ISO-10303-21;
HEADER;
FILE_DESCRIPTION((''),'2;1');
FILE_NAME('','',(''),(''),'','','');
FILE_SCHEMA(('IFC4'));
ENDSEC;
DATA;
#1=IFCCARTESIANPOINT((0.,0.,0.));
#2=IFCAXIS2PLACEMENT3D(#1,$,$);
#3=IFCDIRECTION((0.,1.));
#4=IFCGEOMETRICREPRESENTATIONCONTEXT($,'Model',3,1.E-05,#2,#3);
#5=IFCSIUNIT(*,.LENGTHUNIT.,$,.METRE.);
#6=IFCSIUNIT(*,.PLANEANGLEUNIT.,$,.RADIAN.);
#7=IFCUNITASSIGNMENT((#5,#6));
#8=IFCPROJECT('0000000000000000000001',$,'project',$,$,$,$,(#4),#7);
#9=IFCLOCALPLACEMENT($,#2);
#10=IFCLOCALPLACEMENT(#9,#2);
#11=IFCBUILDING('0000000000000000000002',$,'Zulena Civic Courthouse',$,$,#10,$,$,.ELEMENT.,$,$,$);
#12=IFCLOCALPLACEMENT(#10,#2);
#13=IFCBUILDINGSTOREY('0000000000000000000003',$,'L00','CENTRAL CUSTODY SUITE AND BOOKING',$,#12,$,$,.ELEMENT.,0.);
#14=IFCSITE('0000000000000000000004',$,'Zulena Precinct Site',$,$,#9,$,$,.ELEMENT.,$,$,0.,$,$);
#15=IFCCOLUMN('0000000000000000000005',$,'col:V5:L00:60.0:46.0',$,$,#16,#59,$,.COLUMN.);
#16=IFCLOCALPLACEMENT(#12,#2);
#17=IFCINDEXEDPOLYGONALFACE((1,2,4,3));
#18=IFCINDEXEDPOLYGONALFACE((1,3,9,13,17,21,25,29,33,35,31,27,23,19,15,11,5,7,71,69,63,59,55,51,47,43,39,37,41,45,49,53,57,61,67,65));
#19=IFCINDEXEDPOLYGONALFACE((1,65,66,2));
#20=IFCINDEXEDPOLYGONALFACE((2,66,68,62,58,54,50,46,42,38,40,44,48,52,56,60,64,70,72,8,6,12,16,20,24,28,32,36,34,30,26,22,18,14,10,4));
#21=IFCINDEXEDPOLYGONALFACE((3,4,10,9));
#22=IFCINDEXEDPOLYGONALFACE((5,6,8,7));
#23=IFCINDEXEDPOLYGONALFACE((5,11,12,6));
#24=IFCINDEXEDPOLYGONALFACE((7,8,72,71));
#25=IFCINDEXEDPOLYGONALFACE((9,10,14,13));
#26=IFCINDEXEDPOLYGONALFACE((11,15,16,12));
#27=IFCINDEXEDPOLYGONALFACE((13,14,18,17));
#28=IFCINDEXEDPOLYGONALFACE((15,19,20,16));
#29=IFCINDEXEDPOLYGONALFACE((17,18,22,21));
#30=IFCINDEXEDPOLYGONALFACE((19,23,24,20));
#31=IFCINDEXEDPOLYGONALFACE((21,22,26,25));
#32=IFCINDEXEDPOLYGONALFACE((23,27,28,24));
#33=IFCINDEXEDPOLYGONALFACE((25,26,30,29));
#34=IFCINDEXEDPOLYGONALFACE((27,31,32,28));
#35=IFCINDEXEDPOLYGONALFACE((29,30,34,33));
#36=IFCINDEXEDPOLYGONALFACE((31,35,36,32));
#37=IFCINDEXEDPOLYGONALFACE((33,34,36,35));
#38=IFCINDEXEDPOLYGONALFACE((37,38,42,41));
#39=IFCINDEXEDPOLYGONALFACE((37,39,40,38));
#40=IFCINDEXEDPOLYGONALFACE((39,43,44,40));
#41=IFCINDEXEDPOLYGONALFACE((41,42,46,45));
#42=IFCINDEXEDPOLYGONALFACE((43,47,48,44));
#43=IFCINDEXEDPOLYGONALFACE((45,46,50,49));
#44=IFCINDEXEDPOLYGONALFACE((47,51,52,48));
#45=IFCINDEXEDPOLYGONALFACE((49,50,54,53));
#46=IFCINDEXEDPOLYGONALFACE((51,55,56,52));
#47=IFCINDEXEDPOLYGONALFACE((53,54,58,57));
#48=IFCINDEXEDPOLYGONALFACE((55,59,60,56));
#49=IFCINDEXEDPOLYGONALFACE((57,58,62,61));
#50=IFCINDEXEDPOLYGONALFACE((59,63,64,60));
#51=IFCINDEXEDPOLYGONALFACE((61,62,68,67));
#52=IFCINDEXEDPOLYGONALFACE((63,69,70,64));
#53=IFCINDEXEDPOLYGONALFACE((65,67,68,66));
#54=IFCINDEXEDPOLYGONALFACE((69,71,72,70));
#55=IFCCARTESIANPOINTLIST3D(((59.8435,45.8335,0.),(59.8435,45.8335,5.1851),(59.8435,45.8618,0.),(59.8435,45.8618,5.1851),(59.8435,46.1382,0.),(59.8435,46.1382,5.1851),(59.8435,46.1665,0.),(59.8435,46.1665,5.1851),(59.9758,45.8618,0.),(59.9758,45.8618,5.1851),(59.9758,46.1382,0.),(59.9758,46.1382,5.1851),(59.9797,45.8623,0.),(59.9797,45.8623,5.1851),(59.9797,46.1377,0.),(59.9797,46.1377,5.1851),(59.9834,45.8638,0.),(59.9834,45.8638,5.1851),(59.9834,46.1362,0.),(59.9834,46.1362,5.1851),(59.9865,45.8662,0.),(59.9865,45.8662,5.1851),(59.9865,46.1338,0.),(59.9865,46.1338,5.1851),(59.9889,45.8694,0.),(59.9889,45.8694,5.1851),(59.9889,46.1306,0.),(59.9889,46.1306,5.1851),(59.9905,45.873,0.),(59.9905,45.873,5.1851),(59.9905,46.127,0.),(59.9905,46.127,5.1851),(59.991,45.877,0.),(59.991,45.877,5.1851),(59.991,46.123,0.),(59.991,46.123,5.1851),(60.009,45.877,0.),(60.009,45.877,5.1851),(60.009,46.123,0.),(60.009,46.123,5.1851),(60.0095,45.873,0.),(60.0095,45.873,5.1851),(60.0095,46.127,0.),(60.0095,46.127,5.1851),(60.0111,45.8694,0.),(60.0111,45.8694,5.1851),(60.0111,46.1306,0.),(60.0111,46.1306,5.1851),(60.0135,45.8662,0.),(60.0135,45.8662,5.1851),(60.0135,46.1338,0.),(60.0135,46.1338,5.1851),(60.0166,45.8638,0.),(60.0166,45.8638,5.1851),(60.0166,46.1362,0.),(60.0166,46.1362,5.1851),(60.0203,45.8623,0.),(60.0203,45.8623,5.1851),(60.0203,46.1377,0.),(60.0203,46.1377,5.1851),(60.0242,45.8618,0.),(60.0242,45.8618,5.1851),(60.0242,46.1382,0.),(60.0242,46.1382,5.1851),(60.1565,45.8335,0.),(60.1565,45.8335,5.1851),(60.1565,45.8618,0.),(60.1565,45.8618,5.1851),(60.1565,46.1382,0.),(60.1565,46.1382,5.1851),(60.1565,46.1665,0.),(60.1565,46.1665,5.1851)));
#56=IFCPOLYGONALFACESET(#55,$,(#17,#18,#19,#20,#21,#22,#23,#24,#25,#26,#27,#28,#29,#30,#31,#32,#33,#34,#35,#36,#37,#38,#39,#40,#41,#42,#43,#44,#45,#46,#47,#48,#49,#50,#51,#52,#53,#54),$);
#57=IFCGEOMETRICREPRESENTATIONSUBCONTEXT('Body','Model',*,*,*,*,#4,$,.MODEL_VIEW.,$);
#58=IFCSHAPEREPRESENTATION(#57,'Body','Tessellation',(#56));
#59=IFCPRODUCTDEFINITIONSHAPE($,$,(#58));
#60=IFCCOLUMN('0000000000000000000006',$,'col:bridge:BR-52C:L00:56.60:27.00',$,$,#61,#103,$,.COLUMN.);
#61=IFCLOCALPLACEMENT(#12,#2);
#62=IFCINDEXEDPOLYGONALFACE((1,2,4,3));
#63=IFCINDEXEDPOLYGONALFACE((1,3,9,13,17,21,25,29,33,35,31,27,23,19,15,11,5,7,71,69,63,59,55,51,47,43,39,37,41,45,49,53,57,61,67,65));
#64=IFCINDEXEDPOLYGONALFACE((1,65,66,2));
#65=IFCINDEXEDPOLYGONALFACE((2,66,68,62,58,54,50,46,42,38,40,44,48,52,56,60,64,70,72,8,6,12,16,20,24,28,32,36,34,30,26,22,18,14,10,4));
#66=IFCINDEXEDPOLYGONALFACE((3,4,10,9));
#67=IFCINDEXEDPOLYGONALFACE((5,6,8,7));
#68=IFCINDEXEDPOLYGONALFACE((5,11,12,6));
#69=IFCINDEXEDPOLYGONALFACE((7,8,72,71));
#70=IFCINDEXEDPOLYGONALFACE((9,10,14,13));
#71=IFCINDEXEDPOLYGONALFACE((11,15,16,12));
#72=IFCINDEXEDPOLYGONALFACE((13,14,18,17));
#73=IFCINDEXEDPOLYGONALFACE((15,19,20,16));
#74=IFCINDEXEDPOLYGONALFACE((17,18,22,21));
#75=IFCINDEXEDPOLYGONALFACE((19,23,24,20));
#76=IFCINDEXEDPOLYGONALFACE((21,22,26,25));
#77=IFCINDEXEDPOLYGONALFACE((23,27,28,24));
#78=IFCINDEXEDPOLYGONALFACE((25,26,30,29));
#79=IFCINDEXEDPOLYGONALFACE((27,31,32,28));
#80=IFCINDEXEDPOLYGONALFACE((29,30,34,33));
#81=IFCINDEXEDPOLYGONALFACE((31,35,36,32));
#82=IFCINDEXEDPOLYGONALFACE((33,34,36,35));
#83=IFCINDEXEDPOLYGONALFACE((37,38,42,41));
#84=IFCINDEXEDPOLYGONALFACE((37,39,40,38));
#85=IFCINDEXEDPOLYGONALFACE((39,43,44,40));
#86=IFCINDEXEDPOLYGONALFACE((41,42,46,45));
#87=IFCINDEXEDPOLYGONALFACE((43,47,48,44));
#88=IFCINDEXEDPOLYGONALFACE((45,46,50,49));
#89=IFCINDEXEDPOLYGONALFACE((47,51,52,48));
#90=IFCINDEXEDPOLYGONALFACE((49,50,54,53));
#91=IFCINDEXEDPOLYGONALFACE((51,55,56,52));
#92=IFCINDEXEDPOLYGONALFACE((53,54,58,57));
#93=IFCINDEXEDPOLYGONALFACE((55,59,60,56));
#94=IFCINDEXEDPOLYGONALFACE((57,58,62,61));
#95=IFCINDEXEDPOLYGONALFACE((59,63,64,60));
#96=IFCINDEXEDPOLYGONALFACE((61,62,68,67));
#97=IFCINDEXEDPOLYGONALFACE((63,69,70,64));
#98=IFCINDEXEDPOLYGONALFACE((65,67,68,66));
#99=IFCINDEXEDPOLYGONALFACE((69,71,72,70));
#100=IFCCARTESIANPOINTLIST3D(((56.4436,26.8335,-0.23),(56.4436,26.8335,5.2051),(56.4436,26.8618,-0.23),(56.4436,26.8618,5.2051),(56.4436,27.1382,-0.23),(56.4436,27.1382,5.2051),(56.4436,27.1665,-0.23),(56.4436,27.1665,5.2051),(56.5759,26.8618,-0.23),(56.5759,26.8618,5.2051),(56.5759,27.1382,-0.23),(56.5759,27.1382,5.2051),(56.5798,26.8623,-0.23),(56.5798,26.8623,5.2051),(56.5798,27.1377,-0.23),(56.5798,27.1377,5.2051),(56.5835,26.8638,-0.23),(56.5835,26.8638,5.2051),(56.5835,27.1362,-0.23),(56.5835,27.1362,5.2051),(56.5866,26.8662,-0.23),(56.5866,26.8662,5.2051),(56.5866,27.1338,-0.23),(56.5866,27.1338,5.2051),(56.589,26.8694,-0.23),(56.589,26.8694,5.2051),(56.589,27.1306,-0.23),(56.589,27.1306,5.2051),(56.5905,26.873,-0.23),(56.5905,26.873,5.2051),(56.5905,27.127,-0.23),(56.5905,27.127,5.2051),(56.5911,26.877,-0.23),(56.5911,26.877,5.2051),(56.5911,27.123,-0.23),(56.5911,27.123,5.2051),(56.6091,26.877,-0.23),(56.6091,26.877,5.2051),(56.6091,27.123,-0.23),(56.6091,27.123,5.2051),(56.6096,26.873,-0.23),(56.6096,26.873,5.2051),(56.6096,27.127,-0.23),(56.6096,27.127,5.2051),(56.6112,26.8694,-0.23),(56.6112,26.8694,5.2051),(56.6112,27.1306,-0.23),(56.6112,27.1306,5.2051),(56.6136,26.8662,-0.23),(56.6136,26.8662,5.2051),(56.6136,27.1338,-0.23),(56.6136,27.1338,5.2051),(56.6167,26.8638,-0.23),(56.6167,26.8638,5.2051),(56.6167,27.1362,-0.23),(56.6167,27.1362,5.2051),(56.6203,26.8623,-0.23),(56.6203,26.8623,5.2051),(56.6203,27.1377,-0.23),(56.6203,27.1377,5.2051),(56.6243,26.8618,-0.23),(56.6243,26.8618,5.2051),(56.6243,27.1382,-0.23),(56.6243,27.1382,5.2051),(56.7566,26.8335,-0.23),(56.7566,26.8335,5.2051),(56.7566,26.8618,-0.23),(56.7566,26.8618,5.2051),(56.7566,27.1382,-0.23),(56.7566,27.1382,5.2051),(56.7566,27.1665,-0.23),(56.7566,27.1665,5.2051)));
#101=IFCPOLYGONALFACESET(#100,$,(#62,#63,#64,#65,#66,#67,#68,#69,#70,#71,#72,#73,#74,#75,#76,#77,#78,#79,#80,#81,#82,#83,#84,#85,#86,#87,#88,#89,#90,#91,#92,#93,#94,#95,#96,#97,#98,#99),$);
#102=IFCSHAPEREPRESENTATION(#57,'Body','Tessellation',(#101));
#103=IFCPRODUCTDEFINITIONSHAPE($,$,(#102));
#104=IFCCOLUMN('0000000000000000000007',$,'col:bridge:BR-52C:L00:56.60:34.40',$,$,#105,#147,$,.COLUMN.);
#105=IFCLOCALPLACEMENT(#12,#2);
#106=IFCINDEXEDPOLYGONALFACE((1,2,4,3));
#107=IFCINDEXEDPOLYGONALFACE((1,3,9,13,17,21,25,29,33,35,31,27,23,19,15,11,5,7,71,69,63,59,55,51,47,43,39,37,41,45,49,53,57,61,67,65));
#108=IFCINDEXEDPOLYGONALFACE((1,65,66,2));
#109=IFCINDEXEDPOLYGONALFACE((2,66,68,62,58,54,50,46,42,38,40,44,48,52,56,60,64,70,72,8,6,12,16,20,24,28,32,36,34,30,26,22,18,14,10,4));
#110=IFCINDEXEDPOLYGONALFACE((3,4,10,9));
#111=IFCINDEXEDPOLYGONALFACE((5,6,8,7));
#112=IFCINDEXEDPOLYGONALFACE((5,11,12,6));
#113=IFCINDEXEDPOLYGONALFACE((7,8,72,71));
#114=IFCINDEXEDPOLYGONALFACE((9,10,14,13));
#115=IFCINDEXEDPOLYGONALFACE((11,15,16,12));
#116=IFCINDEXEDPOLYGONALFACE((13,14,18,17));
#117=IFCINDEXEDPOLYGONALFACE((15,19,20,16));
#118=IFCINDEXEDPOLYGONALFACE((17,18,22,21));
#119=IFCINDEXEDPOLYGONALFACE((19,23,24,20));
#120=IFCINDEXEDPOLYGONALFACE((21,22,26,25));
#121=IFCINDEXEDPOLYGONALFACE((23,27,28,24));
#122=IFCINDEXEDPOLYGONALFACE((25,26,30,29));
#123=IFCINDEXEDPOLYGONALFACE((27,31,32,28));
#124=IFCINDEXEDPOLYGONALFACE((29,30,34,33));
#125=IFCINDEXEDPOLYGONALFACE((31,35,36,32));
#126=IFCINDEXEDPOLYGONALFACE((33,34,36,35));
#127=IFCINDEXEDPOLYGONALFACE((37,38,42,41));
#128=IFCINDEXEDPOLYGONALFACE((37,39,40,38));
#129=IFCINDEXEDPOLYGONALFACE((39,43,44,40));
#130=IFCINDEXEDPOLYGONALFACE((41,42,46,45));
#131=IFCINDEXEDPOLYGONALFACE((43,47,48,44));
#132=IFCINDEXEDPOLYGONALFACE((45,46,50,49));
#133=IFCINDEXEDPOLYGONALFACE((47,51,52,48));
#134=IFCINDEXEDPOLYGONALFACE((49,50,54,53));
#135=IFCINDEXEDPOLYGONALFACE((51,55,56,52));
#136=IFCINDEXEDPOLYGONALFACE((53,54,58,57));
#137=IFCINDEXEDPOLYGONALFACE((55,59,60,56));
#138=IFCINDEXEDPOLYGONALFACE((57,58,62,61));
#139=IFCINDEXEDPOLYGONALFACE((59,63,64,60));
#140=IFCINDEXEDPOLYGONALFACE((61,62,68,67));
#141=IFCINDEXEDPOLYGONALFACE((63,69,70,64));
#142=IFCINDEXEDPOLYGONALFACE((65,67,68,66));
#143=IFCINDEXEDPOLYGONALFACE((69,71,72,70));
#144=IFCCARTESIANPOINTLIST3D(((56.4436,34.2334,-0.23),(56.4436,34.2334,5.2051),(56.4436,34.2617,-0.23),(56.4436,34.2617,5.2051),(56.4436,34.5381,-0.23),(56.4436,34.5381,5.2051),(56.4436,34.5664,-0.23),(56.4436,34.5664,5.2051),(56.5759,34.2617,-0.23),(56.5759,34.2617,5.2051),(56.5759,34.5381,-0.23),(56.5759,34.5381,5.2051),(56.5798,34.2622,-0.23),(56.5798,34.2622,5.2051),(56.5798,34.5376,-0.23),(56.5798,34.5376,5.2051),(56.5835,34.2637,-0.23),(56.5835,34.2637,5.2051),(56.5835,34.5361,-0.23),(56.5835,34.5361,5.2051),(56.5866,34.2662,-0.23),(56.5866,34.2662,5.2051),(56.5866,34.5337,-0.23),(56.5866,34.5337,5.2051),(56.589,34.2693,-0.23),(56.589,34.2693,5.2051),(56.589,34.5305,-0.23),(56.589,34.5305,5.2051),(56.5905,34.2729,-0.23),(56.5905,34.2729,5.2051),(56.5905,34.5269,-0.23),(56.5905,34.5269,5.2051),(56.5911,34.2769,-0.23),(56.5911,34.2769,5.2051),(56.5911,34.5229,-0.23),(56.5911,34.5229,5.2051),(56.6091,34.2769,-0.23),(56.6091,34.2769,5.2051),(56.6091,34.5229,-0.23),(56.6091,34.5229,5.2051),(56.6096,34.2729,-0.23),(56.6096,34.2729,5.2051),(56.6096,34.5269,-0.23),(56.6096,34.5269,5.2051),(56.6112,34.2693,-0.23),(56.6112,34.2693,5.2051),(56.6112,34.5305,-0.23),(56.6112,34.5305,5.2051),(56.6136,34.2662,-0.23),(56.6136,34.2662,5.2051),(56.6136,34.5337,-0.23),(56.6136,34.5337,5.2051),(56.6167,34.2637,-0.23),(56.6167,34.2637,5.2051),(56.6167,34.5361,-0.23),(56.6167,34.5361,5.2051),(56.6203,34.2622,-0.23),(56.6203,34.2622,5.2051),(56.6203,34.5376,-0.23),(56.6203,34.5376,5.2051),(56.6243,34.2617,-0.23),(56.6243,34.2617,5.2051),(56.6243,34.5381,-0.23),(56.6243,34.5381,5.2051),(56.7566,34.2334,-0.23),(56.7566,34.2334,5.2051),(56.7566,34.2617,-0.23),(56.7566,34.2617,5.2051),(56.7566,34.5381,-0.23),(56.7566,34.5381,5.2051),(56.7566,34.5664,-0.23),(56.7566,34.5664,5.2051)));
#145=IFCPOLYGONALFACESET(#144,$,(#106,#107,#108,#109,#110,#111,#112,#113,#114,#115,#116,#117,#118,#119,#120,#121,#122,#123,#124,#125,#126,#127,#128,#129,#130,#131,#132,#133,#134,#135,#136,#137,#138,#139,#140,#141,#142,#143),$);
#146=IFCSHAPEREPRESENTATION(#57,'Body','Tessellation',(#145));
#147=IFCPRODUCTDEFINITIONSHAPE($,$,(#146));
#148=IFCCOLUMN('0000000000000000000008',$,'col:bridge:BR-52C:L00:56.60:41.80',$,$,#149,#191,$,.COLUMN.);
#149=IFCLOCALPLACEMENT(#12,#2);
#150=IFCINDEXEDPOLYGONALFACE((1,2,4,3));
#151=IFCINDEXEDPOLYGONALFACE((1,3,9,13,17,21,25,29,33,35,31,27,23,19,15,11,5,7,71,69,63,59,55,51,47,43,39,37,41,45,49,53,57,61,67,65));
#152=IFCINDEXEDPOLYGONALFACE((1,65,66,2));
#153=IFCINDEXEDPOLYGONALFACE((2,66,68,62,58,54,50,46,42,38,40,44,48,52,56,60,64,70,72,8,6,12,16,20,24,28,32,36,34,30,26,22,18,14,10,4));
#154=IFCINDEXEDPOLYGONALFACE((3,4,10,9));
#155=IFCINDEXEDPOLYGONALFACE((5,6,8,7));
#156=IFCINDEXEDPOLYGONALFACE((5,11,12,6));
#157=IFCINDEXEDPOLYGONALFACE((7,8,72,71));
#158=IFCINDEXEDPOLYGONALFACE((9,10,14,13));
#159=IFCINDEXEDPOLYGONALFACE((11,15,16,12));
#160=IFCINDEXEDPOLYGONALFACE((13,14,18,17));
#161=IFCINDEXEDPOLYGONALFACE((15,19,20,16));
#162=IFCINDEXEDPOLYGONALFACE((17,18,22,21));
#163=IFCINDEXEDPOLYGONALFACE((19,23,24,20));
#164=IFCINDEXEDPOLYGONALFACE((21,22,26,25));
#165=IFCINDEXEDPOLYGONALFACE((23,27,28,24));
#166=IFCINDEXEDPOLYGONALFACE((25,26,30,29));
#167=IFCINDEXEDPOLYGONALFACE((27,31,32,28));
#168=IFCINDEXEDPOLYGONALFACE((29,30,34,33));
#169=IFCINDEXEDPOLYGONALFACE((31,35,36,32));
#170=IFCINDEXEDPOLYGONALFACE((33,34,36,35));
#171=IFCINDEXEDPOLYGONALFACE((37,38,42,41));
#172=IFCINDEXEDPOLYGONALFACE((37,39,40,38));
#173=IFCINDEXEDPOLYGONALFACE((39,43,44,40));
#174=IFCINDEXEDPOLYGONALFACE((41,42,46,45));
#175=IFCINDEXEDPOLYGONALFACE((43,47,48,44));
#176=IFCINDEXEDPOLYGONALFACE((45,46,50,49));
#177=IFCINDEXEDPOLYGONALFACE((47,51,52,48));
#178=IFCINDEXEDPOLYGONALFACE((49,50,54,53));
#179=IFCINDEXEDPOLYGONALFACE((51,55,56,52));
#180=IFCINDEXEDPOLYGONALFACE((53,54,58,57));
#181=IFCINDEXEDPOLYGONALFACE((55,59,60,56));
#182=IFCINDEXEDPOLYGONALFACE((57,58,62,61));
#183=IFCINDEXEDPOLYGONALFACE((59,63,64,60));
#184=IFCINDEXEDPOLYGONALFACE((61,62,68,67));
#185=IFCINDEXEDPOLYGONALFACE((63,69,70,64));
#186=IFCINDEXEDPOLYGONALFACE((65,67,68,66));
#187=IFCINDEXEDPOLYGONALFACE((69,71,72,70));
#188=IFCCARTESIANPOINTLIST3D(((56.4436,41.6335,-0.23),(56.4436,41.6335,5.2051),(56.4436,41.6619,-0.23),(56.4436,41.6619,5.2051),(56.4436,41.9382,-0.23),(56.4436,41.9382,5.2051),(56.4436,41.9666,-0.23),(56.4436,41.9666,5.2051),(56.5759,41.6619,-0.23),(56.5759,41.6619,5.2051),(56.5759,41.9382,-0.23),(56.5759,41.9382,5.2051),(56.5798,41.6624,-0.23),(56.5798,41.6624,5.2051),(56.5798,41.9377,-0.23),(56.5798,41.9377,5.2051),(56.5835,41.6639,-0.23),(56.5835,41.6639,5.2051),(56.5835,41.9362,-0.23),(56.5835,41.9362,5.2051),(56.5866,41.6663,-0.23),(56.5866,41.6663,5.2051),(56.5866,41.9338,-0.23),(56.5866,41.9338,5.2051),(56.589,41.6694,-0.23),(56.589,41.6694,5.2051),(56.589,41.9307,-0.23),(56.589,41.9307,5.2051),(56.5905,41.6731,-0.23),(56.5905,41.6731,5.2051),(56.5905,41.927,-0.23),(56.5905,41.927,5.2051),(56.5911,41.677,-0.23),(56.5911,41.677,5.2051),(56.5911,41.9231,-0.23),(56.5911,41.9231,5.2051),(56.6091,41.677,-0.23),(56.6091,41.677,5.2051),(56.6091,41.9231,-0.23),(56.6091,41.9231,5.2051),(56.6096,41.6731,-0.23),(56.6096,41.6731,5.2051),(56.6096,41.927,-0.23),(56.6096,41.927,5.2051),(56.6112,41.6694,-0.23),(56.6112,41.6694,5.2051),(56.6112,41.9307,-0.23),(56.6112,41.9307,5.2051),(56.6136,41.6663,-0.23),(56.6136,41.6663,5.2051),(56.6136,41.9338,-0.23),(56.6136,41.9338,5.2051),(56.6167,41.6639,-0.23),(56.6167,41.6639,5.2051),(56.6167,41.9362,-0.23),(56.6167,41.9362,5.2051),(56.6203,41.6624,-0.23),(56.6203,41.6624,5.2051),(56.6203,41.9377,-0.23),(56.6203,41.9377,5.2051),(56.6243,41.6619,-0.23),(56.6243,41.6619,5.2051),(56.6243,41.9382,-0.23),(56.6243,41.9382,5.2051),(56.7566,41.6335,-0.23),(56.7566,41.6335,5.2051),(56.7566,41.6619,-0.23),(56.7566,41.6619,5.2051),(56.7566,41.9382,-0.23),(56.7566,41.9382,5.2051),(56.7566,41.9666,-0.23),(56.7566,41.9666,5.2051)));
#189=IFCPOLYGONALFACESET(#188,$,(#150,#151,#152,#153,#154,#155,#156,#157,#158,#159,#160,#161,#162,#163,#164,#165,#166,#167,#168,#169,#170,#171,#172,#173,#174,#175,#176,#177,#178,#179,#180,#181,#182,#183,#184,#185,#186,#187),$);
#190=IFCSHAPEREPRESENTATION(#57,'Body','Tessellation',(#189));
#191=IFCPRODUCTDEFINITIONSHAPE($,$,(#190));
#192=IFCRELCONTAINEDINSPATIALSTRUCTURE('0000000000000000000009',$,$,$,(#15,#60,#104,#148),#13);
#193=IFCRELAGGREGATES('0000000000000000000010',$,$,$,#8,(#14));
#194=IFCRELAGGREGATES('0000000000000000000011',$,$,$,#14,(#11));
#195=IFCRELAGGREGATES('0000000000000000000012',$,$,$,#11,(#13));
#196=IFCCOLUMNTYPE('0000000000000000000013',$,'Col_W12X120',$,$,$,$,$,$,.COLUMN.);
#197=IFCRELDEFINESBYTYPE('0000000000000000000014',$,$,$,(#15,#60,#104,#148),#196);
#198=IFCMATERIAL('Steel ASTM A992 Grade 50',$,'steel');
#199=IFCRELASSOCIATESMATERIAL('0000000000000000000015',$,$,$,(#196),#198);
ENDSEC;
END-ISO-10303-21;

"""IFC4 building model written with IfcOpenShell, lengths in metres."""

from ifc_helpers import new_model, si_unit, direction, frame, origin, origin_2d, place, context, subcontext, project, spatial, i_section, extrude, material, material_profile, profile_set, type_object, element, save


model = new_model("IFC4")

# Units and contexts
model_context = context("Model", 3, precision=1e-05, world=origin(), true_north=direction((0.0, 1.0)))
body_context = subcontext(model_context, "Body", "Model", "MODEL_VIEW")
ifc_project = project(units=[si_unit("LENGTHUNIT", "METRE"), si_unit("PLANEANGLEUNIT", "RADIAN")], contexts=[model_context])

# Site, building, storey
site_placement = place(None, origin())
site = spatial("IfcSite", under=ifc_project, at=site_placement, Name="Zulena Precinct Site", CompositionType="ELEMENT", RefElevation=0.0)
building_placement = place(site_placement, origin())
building = spatial("IfcBuilding", under=site, at=building_placement, Name="Zulena Civic Courthouse", CompositionType="ELEMENT")
storey_placement = place(building_placement, origin())
storey = spatial("IfcBuildingStorey", under=building, at=storey_placement, Name="L00", Description="CENTRAL CUSTODY SUITE AND BOOKING", CompositionType="ELEMENT", Elevation=0.0)

# Columns
ifc_material_1 = material(Name="Steel ASTM A992 Grade 50", Category="steel")
ifc_material_profile_1 = material_profile(ifc_material_1, i_section(OverallWidth=0.313, OverallDepth=0.333, WebThickness=0.0181, FlangeThickness=0.0283, FilletRadius=0.0151, at=origin_2d()), Name="W12X120")
ifc_profile_set_1 = profile_set([ifc_material_profile_1], Name="Steel ASTM A992 Grade 50")
column_type = type_object("IfcColumnType", Name="Col_W12X120", PredefinedType="COLUMN", material=ifc_profile_set_1)
column_placement = place(storey_placement, frame((60.0, 46.0, 0.0), z_axis=(0.0, 0.0, 1.0), x_axis=(1.0, 0.0, 0.0)))
element("IfcColumn", 1, at=column_placement, inside=storey, type_object=column_type, Name="col:V5:L00:60.0:46.0", PredefinedType="COLUMN", context=body_context, shape_type="SweptSolid", body=[
    extrude(i_section(OverallWidth=0.313, OverallDepth=0.333, WebThickness=0.0181, FlangeThickness=0.0283, FilletRadius=0.0151, at=origin_2d()), origin(), (0.0, 0.0, 1.0), 5.1851),
])
for number, where, z_axis, x_axis, name in (
    (2, (56.6001, 27.0, -0.23), (0.0, 0.0, 1.0), (1.0, 0.0, 0.0), "col:bridge:BR-52C:L00:56.60:27.00"),
    (3, (56.6001, 34.3999, -0.23), (0.0, 0.0, 1.0), (1.0, 0.0, 0.0), "col:bridge:BR-52C:L00:56.60:34.40"),
    (4, (56.6001, 41.8, -0.23), (0.0, 0.0, 1.0), (1.0, 0.0, 0.0), "col:bridge:BR-52C:L00:56.60:41.80"),
):
    element("IfcColumn", number, at=place(storey_placement, frame(where, z_axis=z_axis, x_axis=x_axis)), inside=storey, type_object=column_type, Name=name, PredefinedType="COLUMN", context=body_context, shape_type="SweptSolid", body=[
        extrude(i_section(OverallWidth=0.313, OverallDepth=0.333, WebThickness=0.0181, FlangeThickness=0.0283, FilletRadius=0.0151, at=origin_2d()), origin(), (0.0, 0.0, 1.0), 5.4351),
    ])

save(model, "model.ifc")
